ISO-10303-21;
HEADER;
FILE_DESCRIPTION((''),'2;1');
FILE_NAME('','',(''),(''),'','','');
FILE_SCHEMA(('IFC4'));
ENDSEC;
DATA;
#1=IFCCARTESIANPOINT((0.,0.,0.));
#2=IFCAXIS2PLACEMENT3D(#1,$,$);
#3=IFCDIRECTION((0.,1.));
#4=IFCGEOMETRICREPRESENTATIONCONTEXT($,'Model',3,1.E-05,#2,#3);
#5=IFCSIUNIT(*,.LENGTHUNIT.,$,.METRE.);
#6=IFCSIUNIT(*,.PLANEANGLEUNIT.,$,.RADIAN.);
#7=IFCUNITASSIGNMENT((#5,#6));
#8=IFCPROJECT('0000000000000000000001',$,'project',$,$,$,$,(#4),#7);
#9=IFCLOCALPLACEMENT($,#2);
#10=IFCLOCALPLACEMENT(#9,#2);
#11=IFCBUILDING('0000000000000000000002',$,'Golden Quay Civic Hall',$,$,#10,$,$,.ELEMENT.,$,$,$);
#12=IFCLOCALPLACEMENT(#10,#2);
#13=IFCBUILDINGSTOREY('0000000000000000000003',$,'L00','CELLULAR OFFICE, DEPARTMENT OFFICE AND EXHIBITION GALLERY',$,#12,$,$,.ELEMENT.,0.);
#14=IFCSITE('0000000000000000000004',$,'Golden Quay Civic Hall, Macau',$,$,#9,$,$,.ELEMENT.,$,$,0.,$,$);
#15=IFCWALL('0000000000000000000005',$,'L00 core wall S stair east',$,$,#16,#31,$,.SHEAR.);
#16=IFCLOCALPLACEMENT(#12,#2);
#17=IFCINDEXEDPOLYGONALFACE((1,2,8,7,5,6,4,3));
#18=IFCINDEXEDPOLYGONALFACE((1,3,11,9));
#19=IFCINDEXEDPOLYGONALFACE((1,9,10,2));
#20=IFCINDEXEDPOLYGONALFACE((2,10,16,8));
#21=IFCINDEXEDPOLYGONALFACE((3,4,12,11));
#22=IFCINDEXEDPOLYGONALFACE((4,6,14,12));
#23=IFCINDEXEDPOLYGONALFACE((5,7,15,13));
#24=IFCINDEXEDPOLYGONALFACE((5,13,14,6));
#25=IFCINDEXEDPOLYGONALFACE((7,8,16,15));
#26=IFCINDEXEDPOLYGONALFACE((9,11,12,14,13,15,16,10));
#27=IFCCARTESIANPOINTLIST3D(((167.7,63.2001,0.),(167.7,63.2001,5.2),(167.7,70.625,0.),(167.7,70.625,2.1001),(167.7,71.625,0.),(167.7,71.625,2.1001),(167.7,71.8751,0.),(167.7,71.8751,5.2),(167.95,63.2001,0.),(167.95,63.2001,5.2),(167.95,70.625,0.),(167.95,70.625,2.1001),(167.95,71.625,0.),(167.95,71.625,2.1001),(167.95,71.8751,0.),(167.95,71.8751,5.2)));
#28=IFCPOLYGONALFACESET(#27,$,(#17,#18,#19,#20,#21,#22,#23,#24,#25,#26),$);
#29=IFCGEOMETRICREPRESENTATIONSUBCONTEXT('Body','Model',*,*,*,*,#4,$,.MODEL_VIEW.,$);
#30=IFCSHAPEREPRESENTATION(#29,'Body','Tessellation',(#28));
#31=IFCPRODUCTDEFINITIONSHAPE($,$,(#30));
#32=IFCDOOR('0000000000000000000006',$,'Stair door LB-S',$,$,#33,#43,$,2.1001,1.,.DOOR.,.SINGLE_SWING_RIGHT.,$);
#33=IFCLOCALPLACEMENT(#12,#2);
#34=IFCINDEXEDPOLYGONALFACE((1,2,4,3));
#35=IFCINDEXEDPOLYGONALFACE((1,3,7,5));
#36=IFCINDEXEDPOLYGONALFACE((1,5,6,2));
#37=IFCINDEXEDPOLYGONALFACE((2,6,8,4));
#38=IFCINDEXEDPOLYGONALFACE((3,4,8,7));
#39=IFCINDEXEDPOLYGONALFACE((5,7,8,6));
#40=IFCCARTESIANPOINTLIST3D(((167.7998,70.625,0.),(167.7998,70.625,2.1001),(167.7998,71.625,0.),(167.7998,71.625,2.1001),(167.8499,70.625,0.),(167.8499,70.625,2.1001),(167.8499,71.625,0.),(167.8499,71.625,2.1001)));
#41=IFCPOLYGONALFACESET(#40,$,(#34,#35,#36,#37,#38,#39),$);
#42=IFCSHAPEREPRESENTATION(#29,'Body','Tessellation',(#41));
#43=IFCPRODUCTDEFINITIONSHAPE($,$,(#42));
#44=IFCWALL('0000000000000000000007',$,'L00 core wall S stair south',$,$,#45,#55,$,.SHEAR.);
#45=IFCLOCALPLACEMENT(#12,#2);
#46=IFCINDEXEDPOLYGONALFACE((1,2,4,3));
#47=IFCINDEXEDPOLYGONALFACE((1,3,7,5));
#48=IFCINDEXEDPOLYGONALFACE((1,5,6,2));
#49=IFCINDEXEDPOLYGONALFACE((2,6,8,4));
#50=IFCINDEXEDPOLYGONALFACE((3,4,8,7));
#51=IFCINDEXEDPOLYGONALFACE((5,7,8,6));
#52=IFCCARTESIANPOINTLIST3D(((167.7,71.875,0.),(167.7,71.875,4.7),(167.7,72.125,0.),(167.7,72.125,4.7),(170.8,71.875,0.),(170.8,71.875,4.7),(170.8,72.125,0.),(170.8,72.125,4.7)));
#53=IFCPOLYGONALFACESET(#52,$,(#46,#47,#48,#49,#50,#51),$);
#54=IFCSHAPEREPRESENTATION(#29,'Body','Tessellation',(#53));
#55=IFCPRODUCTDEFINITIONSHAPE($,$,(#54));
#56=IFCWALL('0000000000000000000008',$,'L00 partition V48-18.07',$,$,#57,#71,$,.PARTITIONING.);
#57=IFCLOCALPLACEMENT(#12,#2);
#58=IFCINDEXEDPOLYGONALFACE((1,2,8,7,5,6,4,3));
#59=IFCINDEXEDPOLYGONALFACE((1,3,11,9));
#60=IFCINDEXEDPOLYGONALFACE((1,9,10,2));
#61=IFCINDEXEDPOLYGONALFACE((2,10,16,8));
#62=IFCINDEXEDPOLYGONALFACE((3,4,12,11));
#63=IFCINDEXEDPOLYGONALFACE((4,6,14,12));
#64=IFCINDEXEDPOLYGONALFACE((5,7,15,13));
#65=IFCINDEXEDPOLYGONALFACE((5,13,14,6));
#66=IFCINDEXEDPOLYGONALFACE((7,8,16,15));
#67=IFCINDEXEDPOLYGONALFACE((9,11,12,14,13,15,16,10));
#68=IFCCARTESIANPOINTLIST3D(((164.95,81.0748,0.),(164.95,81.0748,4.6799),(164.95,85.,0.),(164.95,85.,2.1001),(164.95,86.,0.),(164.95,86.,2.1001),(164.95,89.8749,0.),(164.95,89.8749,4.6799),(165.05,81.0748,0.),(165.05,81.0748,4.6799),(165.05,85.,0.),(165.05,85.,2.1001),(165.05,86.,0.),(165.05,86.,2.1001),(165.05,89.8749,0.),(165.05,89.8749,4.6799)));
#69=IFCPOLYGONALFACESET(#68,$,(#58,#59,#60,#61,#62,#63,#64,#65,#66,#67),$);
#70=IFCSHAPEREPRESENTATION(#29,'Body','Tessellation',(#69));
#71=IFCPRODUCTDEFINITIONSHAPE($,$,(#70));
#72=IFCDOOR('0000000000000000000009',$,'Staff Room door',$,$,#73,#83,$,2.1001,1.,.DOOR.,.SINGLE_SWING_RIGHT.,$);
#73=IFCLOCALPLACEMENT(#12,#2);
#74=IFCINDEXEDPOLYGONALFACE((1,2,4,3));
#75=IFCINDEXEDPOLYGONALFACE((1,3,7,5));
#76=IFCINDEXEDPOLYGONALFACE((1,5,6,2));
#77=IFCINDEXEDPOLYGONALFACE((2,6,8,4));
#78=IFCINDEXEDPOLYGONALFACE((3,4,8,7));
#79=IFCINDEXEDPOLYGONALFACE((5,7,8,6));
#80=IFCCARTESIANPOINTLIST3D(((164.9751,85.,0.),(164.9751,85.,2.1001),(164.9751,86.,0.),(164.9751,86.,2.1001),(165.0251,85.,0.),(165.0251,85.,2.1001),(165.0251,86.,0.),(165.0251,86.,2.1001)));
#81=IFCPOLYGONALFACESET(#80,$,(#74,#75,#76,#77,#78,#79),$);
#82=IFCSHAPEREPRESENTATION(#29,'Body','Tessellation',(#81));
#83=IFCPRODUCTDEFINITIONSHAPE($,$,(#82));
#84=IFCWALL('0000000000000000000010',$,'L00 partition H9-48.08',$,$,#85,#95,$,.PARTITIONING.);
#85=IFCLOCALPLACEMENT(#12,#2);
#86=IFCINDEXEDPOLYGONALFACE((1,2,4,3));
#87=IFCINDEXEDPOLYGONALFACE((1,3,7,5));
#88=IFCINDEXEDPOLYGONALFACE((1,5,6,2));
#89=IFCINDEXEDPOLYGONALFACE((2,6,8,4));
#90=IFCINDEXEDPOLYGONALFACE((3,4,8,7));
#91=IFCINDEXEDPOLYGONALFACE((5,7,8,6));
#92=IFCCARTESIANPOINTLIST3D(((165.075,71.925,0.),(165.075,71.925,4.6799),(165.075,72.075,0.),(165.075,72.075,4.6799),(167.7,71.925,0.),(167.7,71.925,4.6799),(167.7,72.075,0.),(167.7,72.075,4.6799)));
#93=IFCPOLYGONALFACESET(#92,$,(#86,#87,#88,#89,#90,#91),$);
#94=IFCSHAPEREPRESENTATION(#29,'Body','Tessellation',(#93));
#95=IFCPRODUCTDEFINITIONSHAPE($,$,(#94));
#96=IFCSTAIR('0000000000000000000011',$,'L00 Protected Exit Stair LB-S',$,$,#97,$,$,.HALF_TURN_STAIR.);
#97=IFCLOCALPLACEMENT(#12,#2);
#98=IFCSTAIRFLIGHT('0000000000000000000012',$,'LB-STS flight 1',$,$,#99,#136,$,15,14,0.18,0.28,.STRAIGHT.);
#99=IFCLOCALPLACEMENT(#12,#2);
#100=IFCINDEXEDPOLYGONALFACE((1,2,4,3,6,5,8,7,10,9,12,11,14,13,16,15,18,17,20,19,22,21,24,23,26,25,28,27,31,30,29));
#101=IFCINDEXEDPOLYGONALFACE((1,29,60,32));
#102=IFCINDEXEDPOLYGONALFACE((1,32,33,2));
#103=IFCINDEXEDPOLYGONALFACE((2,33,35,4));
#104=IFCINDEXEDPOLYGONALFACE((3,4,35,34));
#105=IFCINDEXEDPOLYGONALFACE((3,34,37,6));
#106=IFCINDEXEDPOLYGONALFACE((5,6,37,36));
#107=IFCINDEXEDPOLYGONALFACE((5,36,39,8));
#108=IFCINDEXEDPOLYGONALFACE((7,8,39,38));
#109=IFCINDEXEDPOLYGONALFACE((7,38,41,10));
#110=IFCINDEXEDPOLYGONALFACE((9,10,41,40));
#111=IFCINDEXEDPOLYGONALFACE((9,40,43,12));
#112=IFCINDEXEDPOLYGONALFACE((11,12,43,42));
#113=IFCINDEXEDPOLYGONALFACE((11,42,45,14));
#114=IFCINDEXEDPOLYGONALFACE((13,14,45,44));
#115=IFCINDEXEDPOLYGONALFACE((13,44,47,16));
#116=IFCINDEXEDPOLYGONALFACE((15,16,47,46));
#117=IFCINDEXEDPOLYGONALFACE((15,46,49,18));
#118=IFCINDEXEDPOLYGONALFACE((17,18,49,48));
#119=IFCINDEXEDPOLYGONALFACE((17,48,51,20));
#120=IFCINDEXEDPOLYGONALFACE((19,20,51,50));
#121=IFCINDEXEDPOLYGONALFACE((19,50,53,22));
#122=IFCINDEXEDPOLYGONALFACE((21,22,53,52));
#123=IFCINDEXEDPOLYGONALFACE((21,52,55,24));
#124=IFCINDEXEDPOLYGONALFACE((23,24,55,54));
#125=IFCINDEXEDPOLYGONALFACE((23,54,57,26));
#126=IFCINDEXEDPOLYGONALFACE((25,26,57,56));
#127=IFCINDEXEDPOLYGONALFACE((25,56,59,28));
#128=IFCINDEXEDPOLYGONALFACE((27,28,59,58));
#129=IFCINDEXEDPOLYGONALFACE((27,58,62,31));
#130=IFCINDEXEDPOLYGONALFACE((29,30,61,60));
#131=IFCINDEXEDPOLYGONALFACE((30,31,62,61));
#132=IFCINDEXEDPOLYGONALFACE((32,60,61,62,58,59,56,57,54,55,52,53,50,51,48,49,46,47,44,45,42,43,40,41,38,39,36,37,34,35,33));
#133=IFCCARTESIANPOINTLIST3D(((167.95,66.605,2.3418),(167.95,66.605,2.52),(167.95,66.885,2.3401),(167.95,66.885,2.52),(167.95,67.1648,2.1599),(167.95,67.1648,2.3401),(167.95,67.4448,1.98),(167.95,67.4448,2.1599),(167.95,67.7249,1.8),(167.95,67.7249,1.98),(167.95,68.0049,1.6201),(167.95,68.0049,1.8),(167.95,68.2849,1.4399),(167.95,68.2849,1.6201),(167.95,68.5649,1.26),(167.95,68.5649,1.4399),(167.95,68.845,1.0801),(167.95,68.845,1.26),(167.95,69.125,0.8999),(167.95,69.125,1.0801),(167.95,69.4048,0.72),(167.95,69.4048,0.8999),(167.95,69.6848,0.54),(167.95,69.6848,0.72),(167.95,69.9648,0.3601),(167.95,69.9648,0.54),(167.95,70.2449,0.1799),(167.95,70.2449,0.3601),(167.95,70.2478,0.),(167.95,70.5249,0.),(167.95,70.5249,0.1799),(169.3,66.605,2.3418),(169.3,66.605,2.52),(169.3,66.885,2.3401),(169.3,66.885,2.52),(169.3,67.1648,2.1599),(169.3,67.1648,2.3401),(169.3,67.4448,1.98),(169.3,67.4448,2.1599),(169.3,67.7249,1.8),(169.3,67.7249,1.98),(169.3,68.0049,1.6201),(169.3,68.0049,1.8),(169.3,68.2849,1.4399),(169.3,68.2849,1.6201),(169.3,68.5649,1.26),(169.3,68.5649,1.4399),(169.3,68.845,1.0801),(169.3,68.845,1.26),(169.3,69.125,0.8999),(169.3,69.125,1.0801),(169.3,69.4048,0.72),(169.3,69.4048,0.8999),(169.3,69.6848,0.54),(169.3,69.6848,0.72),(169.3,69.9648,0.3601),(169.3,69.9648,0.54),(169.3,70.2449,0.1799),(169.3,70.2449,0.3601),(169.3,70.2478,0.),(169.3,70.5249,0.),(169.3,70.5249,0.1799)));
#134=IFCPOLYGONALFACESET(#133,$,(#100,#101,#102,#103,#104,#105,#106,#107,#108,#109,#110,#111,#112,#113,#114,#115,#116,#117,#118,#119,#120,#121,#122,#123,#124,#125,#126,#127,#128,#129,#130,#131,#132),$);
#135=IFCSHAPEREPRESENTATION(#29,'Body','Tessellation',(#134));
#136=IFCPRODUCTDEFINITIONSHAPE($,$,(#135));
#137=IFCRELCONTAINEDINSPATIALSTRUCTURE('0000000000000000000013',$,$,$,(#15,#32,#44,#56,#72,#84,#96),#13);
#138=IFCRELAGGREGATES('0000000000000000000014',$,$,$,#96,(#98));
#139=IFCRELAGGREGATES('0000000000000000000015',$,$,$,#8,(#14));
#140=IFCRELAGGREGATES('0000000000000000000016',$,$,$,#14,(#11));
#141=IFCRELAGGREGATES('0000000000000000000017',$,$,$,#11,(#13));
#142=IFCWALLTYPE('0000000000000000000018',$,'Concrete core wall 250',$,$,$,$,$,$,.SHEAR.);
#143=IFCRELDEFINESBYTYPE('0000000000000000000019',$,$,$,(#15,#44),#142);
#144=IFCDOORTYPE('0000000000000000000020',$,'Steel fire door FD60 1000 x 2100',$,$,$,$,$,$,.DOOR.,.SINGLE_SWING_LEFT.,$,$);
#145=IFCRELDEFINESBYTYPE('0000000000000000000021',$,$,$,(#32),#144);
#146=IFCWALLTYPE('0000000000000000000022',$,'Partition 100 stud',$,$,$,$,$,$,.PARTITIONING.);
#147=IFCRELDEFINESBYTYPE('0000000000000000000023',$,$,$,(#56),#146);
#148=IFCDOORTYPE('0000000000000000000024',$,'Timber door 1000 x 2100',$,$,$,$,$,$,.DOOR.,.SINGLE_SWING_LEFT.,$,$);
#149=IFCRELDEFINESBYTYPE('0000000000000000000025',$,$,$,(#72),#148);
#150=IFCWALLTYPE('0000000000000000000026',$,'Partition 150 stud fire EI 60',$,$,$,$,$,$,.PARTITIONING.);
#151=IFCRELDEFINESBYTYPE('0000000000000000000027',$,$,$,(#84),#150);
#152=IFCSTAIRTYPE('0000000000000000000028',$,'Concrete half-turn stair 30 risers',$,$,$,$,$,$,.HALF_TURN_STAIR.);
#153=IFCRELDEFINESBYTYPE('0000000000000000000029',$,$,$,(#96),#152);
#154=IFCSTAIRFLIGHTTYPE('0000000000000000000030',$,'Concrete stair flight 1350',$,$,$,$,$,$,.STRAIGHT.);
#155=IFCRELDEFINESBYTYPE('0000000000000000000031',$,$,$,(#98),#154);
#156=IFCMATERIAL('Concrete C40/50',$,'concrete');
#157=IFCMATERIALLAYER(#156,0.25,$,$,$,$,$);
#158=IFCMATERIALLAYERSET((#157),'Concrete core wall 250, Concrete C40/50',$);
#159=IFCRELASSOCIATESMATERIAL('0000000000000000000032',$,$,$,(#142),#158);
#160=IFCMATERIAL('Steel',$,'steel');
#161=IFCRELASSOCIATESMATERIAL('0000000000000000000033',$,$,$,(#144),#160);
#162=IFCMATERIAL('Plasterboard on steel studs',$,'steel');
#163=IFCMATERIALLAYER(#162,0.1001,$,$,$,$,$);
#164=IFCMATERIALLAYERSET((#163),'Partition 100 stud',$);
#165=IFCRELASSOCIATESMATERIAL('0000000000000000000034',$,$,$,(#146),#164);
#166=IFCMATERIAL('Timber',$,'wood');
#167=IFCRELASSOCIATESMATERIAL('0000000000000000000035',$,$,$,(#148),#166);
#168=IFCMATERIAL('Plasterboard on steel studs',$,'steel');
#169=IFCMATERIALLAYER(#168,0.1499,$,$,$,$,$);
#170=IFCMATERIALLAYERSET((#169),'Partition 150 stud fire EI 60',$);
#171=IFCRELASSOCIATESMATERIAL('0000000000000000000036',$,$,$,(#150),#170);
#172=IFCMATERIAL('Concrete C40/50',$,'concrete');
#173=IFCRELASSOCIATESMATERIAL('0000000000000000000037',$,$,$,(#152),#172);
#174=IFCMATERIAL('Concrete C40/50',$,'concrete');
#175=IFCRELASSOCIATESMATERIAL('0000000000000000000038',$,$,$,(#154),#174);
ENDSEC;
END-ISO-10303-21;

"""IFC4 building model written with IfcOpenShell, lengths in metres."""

from ifc_helpers import new_model, si_unit, direction, frame, frame_2d, origin, place, context, subcontext, project, spatial, polyline, rectangle, outline, extrude, material, layer, layer_set, type_object, element, fill, aggregate, save


model = new_model("IFC4")

# Units and contexts
model_context = context("Model", 3, precision=1e-05, world=origin(), true_north=direction((0.0, 1.0)))
body_context = subcontext(model_context, "Body", "Model", "MODEL_VIEW")
ifc_project = project(units=[si_unit("LENGTHUNIT", "METRE"), si_unit("PLANEANGLEUNIT", "RADIAN")], contexts=[model_context])

# Site, building, storey
site_placement = place(None, origin())
site = spatial("IfcSite", under=ifc_project, at=site_placement, Name="Golden Quay Civic Hall, Macau", CompositionType="ELEMENT", RefElevation=0.0)
building_placement = place(site_placement, origin())
building = spatial("IfcBuilding", under=site, at=building_placement, Name="Golden Quay Civic Hall", CompositionType="ELEMENT")
storey_placement = place(building_placement, origin())
storey = spatial("IfcBuildingStorey", under=building, at=storey_placement, Name="L00", Description="CELLULAR OFFICE, DEPARTMENT OFFICE AND EXHIBITION GALLERY", CompositionType="ELEMENT", Elevation=0.0)

# Wall, opening, door
ifc_material_1 = material(Name="Concrete C40/50", Category="concrete")
ifc_layer_1 = layer(ifc_material_1, 0.25)
ifc_layer_set_1 = layer_set([ifc_layer_1], Name="Concrete core wall 250, Concrete C40/50")
wall_type_1 = type_object("IfcWallType", Name="Concrete core wall 250", PredefinedType="SHEAR", material=ifc_layer_set_1)
wall_1_placement = place(storey_placement, frame((167.825, 71.875, 0.0), z_axis=(0.0, 0.0, 1.0), x_axis=(0.0, -1.0, 0.0)))
wall_1 = element("IfcWall", 1, at=wall_1_placement, inside=storey, type_object=wall_type_1, Name="L00 core wall S stair east", PredefinedType="SHEAR", context=body_context, shape_type="SweptSolid", body=[
    extrude(rectangle(XDim=8.675, YDim=0.25, at=frame_2d((4.3374, 0.0))), origin(), (0.0, 0.0, 1.0), 5.2),
])
opening_1_placement = place(wall_1_placement, frame((0.25, 0.0, 0.0)))
opening_1 = element("IfcOpeningElement", 2, at=opening_1_placement, cuts=wall_1, PredefinedType="OPENING", context=body_context, shape_type="SweptSolid", body=[
    extrude(rectangle(XDim=1.0, YDim=2.1001, at=frame_2d((0.5, 1.05))), frame((0.0, 0.135, 0.0), z_axis=(0.0, -1.0, 0.0), x_axis=(1.0, 0.0, 0.0)), (0.0, 0.0, 1.0), 0.27),
])
ifc_material_2 = material(Name="Steel", Category="steel")
door_type_1 = type_object("IfcDoorType", Name="Steel fire door FD60 1000 x 2100", OperationType="SINGLE_SWING_LEFT", PredefinedType="DOOR", material=ifc_material_2)
door_1_placement = place(opening_1_placement, frame((1.0, 0.0, 0.0), z_axis=(0.0, 0.0, 1.0), x_axis=(-1.0, 0.0, 0.0)))
door_1 = element("IfcDoor", 3, at=door_1_placement, inside=storey, type_object=door_type_1, Name="Stair door LB-S", OperationType="SINGLE_SWING_RIGHT", OverallHeight=2.1001, OverallWidth=1.0, PredefinedType="DOOR", context=body_context, shape_type="SweptSolid", body=[
    extrude(rectangle(XDim=1.0, YDim=2.1001, at=frame_2d((0.5, 1.05))), frame((0.0, 0.0251, 0.0), z_axis=(0.0, -1.0, 0.0), x_axis=(1.0, 0.0, 0.0)), (0.0, 0.0, 1.0), 0.05),
])
fill(opening_1, door_1)

# Wall
wall_2_placement = place(storey_placement, frame((170.8, 72.0, 0.0), z_axis=(0.0, 0.0, 1.0), x_axis=(-1.0, 0.0, 0.0)))
element("IfcWall", 4, at=wall_2_placement, inside=storey, type_object=wall_type_1, Name="L00 core wall S stair south", PredefinedType="SHEAR", context=body_context, shape_type="SweptSolid", body=[
    extrude(rectangle(XDim=3.1001, YDim=0.25, at=frame_2d((1.55, 0.0))), origin(), (0.0, 0.0, 1.0), 4.7),
])

# Wall, opening, door
ifc_material_3 = material(Name="Plasterboard on steel studs", Category="steel")
ifc_layer_2 = layer(ifc_material_3, 0.1001)
ifc_layer_set_2 = layer_set([ifc_layer_2], Name="Partition 100 stud")
wall_type_2 = type_object("IfcWallType", Name="Partition 100 stud", PredefinedType="PARTITIONING", material=ifc_layer_set_2)
wall_3_placement = place(storey_placement, frame((165.0, 81.075, 0.0), z_axis=(0.0, 0.0, 1.0), x_axis=(0.0, 1.0, 0.0)))
wall_3 = element("IfcWall", 5, at=wall_3_placement, inside=storey, type_object=wall_type_2, Name="L00 partition V48-18.07", PredefinedType="PARTITIONING", context=body_context, shape_type="SweptSolid", body=[
    extrude(rectangle(XDim=8.8, YDim=0.1001, at=frame_2d((4.3999, 0.0))), origin(), (0.0, 0.0, 1.0), 4.6799),
])
opening_2_placement = place(wall_3_placement, frame((3.925, 0.0, 0.0)))
opening_2 = element("IfcOpeningElement", 6, at=opening_2_placement, cuts=wall_3, PredefinedType="OPENING", context=body_context, shape_type="SweptSolid", body=[
    extrude(rectangle(XDim=1.0, YDim=2.1001, at=frame_2d((0.5, 1.05))), frame((0.0, 0.0601, 0.0), z_axis=(0.0, -1.0, 0.0), x_axis=(1.0, 0.0, 0.0)), (0.0, 0.0, 1.0), 0.1201),
])
ifc_material_4 = material(Name="Timber", Category="wood")
door_type_2 = type_object("IfcDoorType", Name="Timber door 1000 x 2100", OperationType="SINGLE_SWING_LEFT", PredefinedType="DOOR", material=ifc_material_4)
door_2_placement = place(opening_2_placement, frame((1.0, 0.0, 0.0), z_axis=(0.0, 0.0, 1.0), x_axis=(-1.0, 0.0, 0.0)))
door_2 = element("IfcDoor", 7, at=door_2_placement, inside=storey, type_object=door_type_2, Name="Staff Room door", OperationType="SINGLE_SWING_RIGHT", OverallHeight=2.1001, OverallWidth=1.0, PredefinedType="DOOR", context=body_context, shape_type="SweptSolid", body=[
    extrude(rectangle(XDim=1.0, YDim=2.1001, at=frame_2d((0.5, 1.05))), frame((0.0, 0.0251, 0.0), z_axis=(0.0, -1.0, 0.0), x_axis=(1.0, 0.0, 0.0)), (0.0, 0.0, 1.0), 0.05),
])
fill(opening_2, door_2)

# Wall
ifc_material_5 = material(Name="Plasterboard on steel studs", Category="steel")
ifc_layer_3 = layer(ifc_material_5, 0.1499)
ifc_layer_set_3 = layer_set([ifc_layer_3], Name="Partition 150 stud fire EI 60")
wall_type_3 = type_object("IfcWallType", Name="Partition 150 stud fire EI 60", PredefinedType="PARTITIONING", material=ifc_layer_set_3)
wall_4_placement = place(storey_placement, frame((165.075, 72.0, 0.0), z_axis=(0.0, 0.0, 1.0), x_axis=(1.0, 0.0, 0.0)))
element("IfcWall", 8, at=wall_4_placement, inside=storey, type_object=wall_type_3, Name="L00 partition H9-48.08", PredefinedType="PARTITIONING", context=body_context, shape_type="SweptSolid", body=[
    extrude(rectangle(XDim=2.625, YDim=0.1499, at=frame_2d((1.3125, 0.0))), origin(), (0.0, 0.0, 1.0), 4.6799),
])

# Stair, stair flight
ifc_material_6 = material(Name="Concrete C40/50", Category="concrete")
stair_type = type_object("IfcStairType", Name="Concrete half-turn stair 30 risers", PredefinedType="HALF_TURN_STAIR", material=ifc_material_6)
stair_placement = place(storey_placement, origin())
stair = element("IfcStair", 9, at=stair_placement, inside=storey, type_object=stair_type, Name="L00 Protected Exit Stair LB-S", PredefinedType="HALF_TURN_STAIR")
ifc_material_7 = material(Name="Concrete C40/50", Category="concrete")
stair_flight_type = type_object("IfcStairFlightType", Name="Concrete stair flight 1350", PredefinedType="STRAIGHT", material=ifc_material_7)
stair_flight_1_placement = place(storey_placement, frame((168.625, 70.5249, 0.0), z_axis=(0.0, 0.0, 1.0), x_axis=(0.0, -1.0, 0.0)))
stair_flight_1 = element("IfcStairFlight", 10, at=stair_flight_1_placement, type_object=stair_flight_type, Name="LB-STS flight 1", NumberOfRisers=15, NumberOfTreads=14, PredefinedType="STRAIGHT", RiserHeight=0.18, TreadLength=0.28, context=body_context, shape_type="SweptSolid", body=[
    extrude(outline(polyline([(0.0, 0.0), (0.0, 0.1799), (0.28, 0.1799), (0.28, 0.3601), (0.5601, 0.3601), (0.5601, 0.54), (0.8401, 0.54), (0.8401, 0.72), (1.1201, 0.72), (1.1201, 0.8999), (1.3999, 0.8999), (1.3999, 1.0801), (1.6799, 1.0801), (1.6799, 1.26), (1.96, 1.26), (1.96, 1.4399), (2.24, 1.4399), (2.24, 1.6201), (2.52, 1.6201), (2.52, 1.8), (2.8, 1.8), (2.8, 1.98), (3.0801, 1.98), (3.0801, 2.1599), (3.3601, 2.1599), (3.3601, 2.3401), (3.6399, 2.3401), (3.6399, 2.52), (3.9199, 2.52), (3.9199, 2.7), (3.9199, 2.3418), (0.2771, 0.0), (0.0, 0.0)])), frame((0.0, 0.675, 0.0), z_axis=(0.0, -1.0, 0.0), x_axis=(1.0, 0.0, 0.0)), (0.0, 0.0, 1.0), 1.35),
])
aggregate(stair, [stair_flight_1])

save(model, "model.ifc")
